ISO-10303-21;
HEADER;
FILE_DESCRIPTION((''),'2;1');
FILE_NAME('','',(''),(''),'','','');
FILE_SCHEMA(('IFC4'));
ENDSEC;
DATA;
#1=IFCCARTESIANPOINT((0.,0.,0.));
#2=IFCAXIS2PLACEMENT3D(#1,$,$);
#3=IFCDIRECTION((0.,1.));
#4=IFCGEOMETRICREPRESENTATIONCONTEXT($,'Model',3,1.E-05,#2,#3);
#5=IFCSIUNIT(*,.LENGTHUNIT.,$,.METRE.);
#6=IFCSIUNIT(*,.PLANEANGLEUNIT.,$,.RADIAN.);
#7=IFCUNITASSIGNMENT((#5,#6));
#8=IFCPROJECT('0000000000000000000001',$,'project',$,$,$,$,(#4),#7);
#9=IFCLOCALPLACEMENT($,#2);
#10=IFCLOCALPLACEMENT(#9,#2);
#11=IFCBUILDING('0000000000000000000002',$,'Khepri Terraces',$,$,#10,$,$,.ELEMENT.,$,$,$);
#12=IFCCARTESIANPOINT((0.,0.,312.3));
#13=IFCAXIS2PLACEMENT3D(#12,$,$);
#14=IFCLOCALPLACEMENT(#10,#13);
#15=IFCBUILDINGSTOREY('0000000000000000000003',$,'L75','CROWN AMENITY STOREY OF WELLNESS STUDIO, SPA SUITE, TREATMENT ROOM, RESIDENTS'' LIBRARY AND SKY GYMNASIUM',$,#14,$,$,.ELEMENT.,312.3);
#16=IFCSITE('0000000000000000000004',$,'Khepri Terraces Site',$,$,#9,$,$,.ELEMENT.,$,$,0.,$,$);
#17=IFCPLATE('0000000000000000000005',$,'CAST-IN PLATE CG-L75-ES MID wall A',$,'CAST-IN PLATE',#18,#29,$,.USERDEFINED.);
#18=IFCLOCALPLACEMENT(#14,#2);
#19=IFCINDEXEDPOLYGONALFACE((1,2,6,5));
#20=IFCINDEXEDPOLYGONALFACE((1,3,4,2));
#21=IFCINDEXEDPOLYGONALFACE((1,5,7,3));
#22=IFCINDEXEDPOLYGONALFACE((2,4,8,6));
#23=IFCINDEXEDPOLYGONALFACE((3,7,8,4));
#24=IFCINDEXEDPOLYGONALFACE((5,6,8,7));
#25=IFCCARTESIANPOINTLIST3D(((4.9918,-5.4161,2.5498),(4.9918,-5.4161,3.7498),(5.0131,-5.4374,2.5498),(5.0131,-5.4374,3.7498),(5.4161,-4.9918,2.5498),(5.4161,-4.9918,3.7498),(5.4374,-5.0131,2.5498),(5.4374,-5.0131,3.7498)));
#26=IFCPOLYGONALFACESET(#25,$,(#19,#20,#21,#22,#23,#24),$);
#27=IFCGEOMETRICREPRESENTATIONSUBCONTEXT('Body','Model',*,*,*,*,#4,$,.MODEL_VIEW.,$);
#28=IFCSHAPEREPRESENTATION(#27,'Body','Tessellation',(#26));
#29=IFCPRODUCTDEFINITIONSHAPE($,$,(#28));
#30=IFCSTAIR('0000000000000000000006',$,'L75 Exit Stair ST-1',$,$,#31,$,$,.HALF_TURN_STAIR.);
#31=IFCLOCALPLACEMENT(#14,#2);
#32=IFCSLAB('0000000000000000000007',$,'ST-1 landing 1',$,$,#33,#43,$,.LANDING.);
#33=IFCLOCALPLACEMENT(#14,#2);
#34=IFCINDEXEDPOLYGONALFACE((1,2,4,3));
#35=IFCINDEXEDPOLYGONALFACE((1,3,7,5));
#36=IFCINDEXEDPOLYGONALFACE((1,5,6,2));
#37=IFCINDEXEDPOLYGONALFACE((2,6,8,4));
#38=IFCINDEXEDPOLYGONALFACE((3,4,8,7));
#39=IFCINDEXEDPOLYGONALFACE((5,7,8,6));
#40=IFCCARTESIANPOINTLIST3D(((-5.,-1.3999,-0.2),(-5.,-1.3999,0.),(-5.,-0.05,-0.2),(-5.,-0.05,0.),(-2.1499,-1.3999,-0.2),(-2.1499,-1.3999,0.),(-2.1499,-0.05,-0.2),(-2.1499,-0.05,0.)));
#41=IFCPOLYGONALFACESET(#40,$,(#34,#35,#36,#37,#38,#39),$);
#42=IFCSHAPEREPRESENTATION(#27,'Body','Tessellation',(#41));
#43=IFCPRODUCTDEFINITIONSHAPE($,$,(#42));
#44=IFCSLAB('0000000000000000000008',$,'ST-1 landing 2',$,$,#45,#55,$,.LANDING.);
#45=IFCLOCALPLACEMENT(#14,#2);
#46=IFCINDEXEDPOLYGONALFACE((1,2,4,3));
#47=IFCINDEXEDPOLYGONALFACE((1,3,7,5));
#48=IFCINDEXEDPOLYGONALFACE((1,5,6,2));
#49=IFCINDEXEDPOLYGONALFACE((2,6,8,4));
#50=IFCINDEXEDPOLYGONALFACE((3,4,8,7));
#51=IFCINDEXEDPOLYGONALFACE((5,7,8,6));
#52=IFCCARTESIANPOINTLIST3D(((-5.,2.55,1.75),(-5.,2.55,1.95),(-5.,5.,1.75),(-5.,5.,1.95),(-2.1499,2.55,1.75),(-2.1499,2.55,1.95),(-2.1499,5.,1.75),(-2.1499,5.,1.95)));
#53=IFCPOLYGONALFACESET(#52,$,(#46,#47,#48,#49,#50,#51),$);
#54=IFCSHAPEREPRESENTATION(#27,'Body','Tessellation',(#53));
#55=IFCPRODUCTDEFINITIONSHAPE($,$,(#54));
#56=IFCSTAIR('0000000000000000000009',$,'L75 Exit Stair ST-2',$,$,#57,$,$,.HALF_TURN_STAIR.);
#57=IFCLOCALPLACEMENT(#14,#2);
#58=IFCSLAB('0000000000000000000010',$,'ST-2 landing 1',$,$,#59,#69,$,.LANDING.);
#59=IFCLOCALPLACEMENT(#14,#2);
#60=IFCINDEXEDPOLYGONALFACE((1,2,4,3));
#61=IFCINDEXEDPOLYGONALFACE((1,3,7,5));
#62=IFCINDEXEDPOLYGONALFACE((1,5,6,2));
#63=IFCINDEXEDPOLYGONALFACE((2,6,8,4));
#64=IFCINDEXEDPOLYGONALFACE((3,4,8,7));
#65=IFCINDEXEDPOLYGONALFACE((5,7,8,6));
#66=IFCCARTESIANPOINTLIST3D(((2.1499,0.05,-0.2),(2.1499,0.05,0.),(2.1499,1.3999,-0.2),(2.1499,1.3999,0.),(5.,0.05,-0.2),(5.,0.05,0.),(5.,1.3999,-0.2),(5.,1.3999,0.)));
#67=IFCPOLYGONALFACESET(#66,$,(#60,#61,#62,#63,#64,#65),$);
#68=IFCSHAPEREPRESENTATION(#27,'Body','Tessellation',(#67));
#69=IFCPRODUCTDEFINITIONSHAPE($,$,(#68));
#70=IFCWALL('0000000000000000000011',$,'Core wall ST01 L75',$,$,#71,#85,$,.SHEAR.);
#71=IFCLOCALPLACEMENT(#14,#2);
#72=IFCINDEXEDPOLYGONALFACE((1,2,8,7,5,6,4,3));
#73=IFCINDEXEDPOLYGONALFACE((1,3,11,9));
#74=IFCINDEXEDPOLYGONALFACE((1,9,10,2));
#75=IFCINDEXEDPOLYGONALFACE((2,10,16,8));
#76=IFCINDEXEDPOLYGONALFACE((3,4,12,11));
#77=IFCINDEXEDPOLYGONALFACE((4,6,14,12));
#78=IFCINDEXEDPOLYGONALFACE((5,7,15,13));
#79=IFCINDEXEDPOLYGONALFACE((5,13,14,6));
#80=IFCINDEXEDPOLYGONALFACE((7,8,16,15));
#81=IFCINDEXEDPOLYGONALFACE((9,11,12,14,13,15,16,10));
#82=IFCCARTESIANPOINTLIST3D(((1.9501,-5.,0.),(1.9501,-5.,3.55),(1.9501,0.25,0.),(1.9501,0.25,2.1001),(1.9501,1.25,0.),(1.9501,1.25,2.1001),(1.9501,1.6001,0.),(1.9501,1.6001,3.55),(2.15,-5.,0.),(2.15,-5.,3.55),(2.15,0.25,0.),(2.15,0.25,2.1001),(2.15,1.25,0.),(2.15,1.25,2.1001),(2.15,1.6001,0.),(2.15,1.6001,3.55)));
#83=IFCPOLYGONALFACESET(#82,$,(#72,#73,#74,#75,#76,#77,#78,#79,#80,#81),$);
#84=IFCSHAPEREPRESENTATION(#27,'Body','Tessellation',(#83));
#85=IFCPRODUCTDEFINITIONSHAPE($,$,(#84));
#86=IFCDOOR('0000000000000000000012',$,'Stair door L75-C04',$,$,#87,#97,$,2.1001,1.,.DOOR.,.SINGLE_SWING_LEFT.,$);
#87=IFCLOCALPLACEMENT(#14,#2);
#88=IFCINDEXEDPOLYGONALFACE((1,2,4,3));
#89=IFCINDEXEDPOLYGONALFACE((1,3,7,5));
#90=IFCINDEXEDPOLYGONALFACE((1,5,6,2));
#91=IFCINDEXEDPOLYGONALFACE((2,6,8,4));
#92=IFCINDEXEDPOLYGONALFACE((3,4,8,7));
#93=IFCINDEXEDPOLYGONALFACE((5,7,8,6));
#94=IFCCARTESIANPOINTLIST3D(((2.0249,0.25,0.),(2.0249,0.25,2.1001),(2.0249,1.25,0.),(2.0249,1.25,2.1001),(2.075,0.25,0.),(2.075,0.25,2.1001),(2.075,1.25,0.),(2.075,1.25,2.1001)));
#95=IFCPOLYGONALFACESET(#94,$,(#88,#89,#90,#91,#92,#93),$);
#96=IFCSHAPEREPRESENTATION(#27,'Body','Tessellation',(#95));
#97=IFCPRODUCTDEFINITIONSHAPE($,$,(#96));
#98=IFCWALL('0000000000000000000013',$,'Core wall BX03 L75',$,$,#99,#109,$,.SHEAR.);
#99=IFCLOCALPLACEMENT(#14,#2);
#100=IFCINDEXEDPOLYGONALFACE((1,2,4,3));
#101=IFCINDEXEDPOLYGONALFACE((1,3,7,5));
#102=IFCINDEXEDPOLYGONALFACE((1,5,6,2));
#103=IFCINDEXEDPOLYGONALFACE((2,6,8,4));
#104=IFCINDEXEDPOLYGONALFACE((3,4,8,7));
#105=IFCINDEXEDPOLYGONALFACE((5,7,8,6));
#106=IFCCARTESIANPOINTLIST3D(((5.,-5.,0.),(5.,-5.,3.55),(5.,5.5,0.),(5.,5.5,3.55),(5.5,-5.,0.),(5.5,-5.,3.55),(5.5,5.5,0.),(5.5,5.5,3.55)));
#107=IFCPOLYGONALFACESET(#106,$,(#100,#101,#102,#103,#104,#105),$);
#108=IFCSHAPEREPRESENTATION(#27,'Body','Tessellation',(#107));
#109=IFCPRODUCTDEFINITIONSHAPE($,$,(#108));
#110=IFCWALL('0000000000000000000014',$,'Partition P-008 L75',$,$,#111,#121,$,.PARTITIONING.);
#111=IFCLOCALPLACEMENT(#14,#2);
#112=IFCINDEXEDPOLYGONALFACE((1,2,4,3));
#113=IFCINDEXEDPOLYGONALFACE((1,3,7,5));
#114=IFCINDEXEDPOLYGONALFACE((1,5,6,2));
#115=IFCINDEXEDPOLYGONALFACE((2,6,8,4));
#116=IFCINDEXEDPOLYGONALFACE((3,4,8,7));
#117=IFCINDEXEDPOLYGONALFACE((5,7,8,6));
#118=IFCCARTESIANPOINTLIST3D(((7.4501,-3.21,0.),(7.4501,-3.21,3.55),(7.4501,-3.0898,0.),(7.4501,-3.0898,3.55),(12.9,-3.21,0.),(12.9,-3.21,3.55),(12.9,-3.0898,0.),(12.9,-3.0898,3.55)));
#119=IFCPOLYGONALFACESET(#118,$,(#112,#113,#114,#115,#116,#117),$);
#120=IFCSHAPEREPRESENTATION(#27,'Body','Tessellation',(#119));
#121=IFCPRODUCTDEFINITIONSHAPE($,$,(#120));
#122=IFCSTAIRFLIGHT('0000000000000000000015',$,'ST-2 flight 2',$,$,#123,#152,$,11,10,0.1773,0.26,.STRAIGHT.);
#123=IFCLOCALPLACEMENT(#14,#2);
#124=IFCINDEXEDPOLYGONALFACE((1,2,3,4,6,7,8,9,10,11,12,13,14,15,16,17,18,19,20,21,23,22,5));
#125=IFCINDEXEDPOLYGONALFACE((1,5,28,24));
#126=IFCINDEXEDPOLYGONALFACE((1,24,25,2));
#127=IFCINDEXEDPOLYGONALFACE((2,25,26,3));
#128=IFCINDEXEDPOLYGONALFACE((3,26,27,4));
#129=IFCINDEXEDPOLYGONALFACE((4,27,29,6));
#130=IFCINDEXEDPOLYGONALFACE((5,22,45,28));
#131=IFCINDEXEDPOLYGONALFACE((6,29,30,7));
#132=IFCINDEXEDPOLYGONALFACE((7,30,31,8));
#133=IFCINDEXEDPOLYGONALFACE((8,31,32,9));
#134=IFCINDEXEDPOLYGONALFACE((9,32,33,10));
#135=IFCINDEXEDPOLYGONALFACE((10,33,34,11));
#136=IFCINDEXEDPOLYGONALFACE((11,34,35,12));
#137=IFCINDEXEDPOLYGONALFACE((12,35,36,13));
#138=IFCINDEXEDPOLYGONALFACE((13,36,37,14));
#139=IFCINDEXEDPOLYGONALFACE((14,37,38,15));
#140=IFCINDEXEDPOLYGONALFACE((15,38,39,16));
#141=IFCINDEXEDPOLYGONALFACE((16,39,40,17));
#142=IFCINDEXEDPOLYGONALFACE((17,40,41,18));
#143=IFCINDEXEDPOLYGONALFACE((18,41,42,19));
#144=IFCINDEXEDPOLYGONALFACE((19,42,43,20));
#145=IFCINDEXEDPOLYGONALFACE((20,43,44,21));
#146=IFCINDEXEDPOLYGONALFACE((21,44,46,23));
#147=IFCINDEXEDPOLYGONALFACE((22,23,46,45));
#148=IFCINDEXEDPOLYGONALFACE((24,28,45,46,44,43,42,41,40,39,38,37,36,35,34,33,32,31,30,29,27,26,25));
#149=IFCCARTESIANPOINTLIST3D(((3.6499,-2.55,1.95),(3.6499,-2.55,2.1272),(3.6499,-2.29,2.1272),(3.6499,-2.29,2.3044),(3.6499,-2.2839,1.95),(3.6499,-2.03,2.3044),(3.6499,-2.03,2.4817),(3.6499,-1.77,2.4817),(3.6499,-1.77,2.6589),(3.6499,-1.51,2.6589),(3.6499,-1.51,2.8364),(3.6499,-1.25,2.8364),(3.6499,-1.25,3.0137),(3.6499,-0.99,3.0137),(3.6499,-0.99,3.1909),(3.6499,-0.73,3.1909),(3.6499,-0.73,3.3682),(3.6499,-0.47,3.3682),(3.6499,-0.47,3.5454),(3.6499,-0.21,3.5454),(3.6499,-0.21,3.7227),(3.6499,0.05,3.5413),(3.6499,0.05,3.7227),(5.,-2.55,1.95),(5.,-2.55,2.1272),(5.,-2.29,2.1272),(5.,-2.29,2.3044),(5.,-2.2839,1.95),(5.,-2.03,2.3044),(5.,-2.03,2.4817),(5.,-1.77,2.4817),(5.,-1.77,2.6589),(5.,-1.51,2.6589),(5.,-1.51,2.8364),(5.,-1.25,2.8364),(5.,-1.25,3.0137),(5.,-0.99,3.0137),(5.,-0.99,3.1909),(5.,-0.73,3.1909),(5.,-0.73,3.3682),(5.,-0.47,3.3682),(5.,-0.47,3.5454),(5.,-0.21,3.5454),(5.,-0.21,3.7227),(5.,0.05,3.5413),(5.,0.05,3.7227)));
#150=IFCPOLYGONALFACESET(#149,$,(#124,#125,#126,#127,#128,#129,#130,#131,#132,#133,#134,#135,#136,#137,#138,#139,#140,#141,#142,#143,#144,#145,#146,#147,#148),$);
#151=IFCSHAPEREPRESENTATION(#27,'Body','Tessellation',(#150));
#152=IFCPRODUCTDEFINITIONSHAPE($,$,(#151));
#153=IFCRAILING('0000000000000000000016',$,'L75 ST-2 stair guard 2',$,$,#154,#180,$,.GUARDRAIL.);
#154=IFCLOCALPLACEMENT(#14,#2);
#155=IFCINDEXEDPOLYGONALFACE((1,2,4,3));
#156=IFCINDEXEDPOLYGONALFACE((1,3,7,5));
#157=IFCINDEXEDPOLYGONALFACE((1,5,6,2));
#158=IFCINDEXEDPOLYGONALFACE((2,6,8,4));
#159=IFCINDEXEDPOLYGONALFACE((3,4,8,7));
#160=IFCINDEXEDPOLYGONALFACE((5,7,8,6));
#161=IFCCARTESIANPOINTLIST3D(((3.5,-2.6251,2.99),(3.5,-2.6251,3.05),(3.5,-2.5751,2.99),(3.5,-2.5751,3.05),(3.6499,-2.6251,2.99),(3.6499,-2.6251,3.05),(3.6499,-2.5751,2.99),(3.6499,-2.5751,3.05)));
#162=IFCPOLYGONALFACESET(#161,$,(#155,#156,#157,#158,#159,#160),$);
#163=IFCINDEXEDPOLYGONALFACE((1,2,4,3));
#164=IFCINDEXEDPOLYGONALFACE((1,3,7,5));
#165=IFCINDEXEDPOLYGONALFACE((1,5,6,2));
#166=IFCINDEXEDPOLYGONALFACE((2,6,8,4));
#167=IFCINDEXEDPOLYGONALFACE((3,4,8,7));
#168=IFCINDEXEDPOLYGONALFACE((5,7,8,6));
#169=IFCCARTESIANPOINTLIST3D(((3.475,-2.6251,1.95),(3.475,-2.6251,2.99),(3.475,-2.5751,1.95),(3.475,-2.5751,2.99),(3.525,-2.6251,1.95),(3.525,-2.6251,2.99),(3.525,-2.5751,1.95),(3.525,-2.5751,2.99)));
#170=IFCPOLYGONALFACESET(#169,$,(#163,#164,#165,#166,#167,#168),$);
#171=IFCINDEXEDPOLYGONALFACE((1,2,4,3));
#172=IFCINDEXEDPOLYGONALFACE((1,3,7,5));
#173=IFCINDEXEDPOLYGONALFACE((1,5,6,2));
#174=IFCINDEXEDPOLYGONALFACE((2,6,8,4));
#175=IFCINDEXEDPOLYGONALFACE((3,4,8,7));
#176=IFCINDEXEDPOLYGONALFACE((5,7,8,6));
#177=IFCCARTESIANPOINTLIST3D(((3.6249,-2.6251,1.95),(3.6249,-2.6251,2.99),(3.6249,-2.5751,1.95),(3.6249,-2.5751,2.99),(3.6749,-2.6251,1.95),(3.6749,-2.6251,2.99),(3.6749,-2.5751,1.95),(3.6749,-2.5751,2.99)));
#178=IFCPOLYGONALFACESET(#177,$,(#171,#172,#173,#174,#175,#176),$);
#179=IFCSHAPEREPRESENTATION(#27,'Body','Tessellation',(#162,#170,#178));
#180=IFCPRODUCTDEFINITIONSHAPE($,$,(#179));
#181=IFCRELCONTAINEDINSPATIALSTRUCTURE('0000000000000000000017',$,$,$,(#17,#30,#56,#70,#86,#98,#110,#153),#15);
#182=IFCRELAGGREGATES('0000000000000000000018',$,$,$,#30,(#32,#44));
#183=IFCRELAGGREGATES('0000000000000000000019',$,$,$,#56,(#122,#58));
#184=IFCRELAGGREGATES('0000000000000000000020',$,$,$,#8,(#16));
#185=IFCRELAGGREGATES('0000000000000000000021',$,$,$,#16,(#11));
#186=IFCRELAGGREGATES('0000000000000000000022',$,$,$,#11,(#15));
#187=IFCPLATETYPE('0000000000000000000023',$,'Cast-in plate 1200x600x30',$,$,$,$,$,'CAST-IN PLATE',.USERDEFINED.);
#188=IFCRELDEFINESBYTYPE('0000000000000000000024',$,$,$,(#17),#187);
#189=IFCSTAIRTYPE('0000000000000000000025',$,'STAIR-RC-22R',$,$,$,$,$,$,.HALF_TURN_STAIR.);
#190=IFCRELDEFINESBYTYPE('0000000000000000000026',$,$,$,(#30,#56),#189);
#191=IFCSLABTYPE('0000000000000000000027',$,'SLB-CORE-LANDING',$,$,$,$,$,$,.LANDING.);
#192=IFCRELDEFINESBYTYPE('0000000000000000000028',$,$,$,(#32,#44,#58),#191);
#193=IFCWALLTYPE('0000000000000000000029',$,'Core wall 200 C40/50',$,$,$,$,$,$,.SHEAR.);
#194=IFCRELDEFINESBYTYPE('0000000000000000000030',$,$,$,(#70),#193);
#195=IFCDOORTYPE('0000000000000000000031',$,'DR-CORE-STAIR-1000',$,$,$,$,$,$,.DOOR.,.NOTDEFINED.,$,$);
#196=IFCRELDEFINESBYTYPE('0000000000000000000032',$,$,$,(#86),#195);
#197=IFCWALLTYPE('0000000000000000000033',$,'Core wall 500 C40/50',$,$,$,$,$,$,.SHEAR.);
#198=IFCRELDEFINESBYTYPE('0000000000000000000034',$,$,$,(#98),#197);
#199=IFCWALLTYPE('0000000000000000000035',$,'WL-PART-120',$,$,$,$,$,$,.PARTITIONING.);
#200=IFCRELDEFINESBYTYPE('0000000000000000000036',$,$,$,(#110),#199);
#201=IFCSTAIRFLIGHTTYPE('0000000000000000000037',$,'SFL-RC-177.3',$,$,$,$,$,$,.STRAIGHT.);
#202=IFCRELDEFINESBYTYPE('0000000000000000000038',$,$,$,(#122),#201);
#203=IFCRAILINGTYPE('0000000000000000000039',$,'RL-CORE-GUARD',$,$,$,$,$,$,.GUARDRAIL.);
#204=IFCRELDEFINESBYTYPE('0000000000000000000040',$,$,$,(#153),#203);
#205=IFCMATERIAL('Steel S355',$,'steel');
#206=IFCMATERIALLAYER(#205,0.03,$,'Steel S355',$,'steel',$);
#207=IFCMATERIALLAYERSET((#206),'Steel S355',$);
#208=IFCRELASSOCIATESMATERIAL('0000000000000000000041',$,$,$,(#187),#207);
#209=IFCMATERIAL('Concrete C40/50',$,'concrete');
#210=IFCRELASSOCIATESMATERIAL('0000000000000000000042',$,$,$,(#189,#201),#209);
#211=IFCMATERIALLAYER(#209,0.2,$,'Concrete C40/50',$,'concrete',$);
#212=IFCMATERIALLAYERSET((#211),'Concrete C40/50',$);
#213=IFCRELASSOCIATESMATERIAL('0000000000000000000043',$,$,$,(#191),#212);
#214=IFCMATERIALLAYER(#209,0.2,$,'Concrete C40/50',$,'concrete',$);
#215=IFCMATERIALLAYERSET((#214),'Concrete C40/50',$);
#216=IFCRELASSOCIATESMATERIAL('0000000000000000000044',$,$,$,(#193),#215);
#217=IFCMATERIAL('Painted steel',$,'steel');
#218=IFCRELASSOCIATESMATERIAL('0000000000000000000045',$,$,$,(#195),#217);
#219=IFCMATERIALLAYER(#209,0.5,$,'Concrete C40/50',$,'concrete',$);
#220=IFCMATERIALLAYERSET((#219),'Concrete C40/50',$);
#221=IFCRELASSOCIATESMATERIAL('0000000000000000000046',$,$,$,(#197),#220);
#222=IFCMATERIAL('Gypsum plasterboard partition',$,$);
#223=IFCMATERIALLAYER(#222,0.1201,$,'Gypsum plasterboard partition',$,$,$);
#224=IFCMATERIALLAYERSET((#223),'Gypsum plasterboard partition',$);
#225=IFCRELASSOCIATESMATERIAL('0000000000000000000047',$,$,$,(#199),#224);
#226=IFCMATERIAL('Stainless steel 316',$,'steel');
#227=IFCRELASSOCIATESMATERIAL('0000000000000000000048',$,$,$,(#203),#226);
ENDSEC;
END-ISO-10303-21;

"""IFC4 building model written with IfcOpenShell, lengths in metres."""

from ifc_helpers import new_model, si_unit, direction, frame, frame_2d, origin, origin_2d, place, context, subcontext, project, spatial, polyline, rectangle, outline, extrude, material, layer, layer_set, type_object, element, fill, aggregate, save


model = new_model("IFC4")

# Units and contexts
model_context = context("Model", 3, precision=1e-05, world=origin(), true_north=direction((0.0, 1.0)))
body_context = subcontext(model_context, "Body", "Model", "MODEL_VIEW")
ifc_project = project(units=[si_unit("LENGTHUNIT", "METRE"), si_unit("PLANEANGLEUNIT", "RADIAN")], contexts=[model_context])

# Site, building, storey
site_placement = place(None, origin())
site = spatial("IfcSite", under=ifc_project, at=site_placement, Name="Khepri Terraces Site", CompositionType="ELEMENT", RefElevation=0.0)
building_placement = place(site_placement, origin())
building = spatial("IfcBuilding", under=site, at=building_placement, Name="Khepri Terraces", CompositionType="ELEMENT")
storey_placement = place(building_placement, frame((0.0, 0.0, 312.3)))
storey = spatial("IfcBuildingStorey", under=building, at=storey_placement, Name="L75", Description="CROWN AMENITY STOREY OF WELLNESS STUDIO, SPA SUITE, TREATMENT ROOM, RESIDENTS' LIBRARY AND SKY GYMNASIUM", CompositionType="ELEMENT", Elevation=312.3)

# Plate
ifc_material_1 = material(Name="Steel S355", Category="steel")
ifc_layer_1 = layer(ifc_material_1, 0.03, Name="Steel S355", Category="steel")
ifc_layer_set_1 = layer_set([ifc_layer_1], Name="Steel S355")
plate_type = type_object("IfcPlateType", Name="Cast-in plate 1200x600x30", ElementType="CAST-IN PLATE", PredefinedType="USERDEFINED", material=ifc_layer_set_1)
plate_placement = place(storey_placement, frame((5.2146, -5.2146, 2.5498), z_axis=(0.0, 0.0, 1.0), x_axis=(0.707107, -0.707107, 0.0)))
element("IfcPlate", 1, at=plate_placement, inside=storey, type_object=plate_type, Name="CAST-IN PLATE CG-L75-ES MID wall A", ObjectType="CAST-IN PLATE", PredefinedType="USERDEFINED", context=body_context, shape_type="SweptSolid", body=[
    extrude(rectangle(XDim=0.03, YDim=0.6001, at=origin_2d()), origin(), (0.0, 0.0, 1.0), 1.2),
])

# Stair, slabs
ifc_material_2 = material(Name="Concrete C40/50", Category="concrete")
stair_type = type_object("IfcStairType", Name="STAIR-RC-22R", PredefinedType="HALF_TURN_STAIR", material=ifc_material_2)
stair_1_placement = place(storey_placement, origin())
stair_1 = element("IfcStair", 2, at=stair_1_placement, inside=storey, type_object=stair_type, Name="L75 Exit Stair ST-1", PredefinedType="HALF_TURN_STAIR")
ifc_layer_2 = layer(ifc_material_2, 0.2, Name="Concrete C40/50", Category="concrete")
ifc_layer_set_2 = layer_set([ifc_layer_2], Name="Concrete C40/50")
slab_type = type_object("IfcSlabType", Name="SLB-CORE-LANDING", PredefinedType="LANDING", material=ifc_layer_set_2)
slab_1_placement = place(storey_placement, frame((0.0, 0.0, -0.2)))
slab_1 = element("IfcSlab", 3, at=slab_1_placement, type_object=slab_type, Name="ST-1 landing 1", PredefinedType="LANDING", context=body_context, shape_type="SweptSolid", body=[
    extrude(outline(polyline([(-2.1499, -1.3999), (-2.1499, -0.05), (-5.0, -0.05), (-5.0, -1.3999), (-2.1499, -1.3999)])), origin(), (0.0, 0.0, 1.0), 0.2),
])
slab_2_placement = place(storey_placement, frame((0.0, 0.0, 1.75)))
slab_2 = element("IfcSlab", 4, at=slab_2_placement, type_object=slab_type, Name="ST-1 landing 2", PredefinedType="LANDING", context=body_context, shape_type="SweptSolid", body=[
    extrude(outline(polyline([(-2.1499, 2.55), (-2.1499, 5.0), (-5.0, 5.0), (-5.0, 2.55), (-2.1499, 2.55)])), origin(), (0.0, 0.0, 1.0), 0.2),
])
aggregate(stair_1, [slab_1, slab_2])

# Stair, slab
stair_2_placement = place(storey_placement, origin())
stair_2 = element("IfcStair", 5, at=stair_2_placement, inside=storey, type_object=stair_type, Name="L75 Exit Stair ST-2", PredefinedType="HALF_TURN_STAIR")
slab_3_placement = place(storey_placement, frame((0.0, 0.0, -0.2)))
slab_3 = element("IfcSlab", 6, at=slab_3_placement, type_object=slab_type, Name="ST-2 landing 1", PredefinedType="LANDING", context=body_context, shape_type="SweptSolid", body=[
    extrude(outline(polyline([(2.1499, 1.3999), (2.1499, 0.05), (5.0, 0.05), (5.0, 1.3999), (2.1499, 1.3999)])), origin(), (0.0, 0.0, 1.0), 0.2),
])

# Wall, opening, door
ifc_layer_3 = layer(ifc_material_2, 0.2, Name="Concrete C40/50", Category="concrete")
ifc_layer_set_3 = layer_set([ifc_layer_3], Name="Concrete C40/50")
wall_type_1 = type_object("IfcWallType", Name="Core wall 200 C40/50", PredefinedType="SHEAR", material=ifc_layer_set_3)
wall_1_placement = place(storey_placement, frame((2.05, -5.0, 0.0), z_axis=(0.0, 0.0, 1.0), x_axis=(0.0, 1.0, 0.0)))
wall_1 = element("IfcWall", 7, at=wall_1_placement, inside=storey, type_object=wall_type_1, Name="Core wall ST01 L75", PredefinedType="SHEAR", context=body_context, shape_type="SweptSolid", body=[
    extrude(rectangle(XDim=6.6001, YDim=0.2, at=frame_2d((3.3, 0.0))), origin(), (0.0, 0.0, 1.0), 3.55),
])
opening_placement = place(wall_1_placement, frame((5.25, 0.0, 0.0)))
opening = element("IfcOpeningElement", 8, at=opening_placement, cuts=wall_1, PredefinedType="OPENING", context=body_context, shape_type="SweptSolid", body=[
    extrude(rectangle(XDim=1.0, YDim=2.1001, at=frame_2d((0.5, 1.05))), frame((0.0, 0.1099, 0.0), z_axis=(0.0, -1.0, 0.0), x_axis=(1.0, 0.0, 0.0)), (0.0, 0.0, 1.0), 0.22),
])
ifc_material_3 = material(Name="Painted steel", Category="steel")
door_type = type_object("IfcDoorType", Name="DR-CORE-STAIR-1000", OperationType="NOTDEFINED", PredefinedType="DOOR", material=ifc_material_3)
door_placement = place(opening_placement, frame((1.0, 0.0, 0.0), z_axis=(0.0, 0.0, 1.0), x_axis=(-1.0, 0.0, 0.0)))
door = element("IfcDoor", 9, at=door_placement, inside=storey, type_object=door_type, Name="Stair door L75-C04", OperationType="SINGLE_SWING_LEFT", OverallHeight=2.1001, OverallWidth=1.0, PredefinedType="DOOR", context=body_context, shape_type="SweptSolid", body=[
    extrude(rectangle(XDim=1.0, YDim=2.1001, at=frame_2d((0.5, 1.05))), frame((0.0, 0.0249, 0.0), z_axis=(0.0, -1.0, 0.0), x_axis=(1.0, 0.0, 0.0)), (0.0, 0.0, 1.0), 0.05),
])
fill(opening, door)

# Walls
ifc_layer_4 = layer(ifc_material_2, 0.5, Name="Concrete C40/50", Category="concrete")
ifc_layer_set_4 = layer_set([ifc_layer_4], Name="Concrete C40/50")
wall_type_2 = type_object("IfcWallType", Name="Core wall 500 C40/50", PredefinedType="SHEAR", material=ifc_layer_set_4)
wall_2_placement = place(storey_placement, frame((5.25, -5.0, 0.0), z_axis=(0.0, 0.0, 1.0), x_axis=(0.0, 1.0, 0.0)))
element("IfcWall", 10, at=wall_2_placement, inside=storey, type_object=wall_type_2, Name="Core wall BX03 L75", PredefinedType="SHEAR", context=body_context, shape_type="SweptSolid", body=[
    extrude(rectangle(XDim=10.5, YDim=0.5, at=frame_2d((5.25, 0.0))), origin(), (0.0, 0.0, 1.0), 3.55),
])
ifc_material_4 = material(Name="Gypsum plasterboard partition")
ifc_layer_5 = layer(ifc_material_4, 0.1201, Name="Gypsum plasterboard partition")
ifc_layer_set_5 = layer_set([ifc_layer_5], Name="Gypsum plasterboard partition")
wall_type_3 = type_object("IfcWallType", Name="WL-PART-120", PredefinedType="PARTITIONING", material=ifc_layer_set_5)
wall_3_placement = place(storey_placement, frame((7.45, -3.1499, 0.0), z_axis=(0.0, 0.0, 1.0), x_axis=(1.0, 0.0, 0.0)))
element("IfcWall", 11, at=wall_3_placement, inside=storey, type_object=wall_type_3, Name="Partition P-008 L75", PredefinedType="PARTITIONING", context=body_context, shape_type="SweptSolid", body=[
    extrude(rectangle(XDim=5.45, YDim=0.1201, at=frame_2d((2.7251, 0.0))), origin(), (0.0, 0.0, 1.0), 3.55),
])

# Stair flight
stair_flight_type = type_object("IfcStairFlightType", Name="SFL-RC-177.3", PredefinedType="STRAIGHT", material=ifc_material_2)
stair_flight_placement = place(storey_placement, frame((4.325, -2.55, 1.95), z_axis=(0.0, 0.0, 1.0), x_axis=(0.0, 1.0, 0.0)))
stair_flight = element("IfcStairFlight", 12, at=stair_flight_placement, type_object=stair_flight_type, Name="ST-2 flight 2", NumberOfRisers=11, NumberOfTreads=10, PredefinedType="STRAIGHT", RiserHeight=0.1773, TreadLength=0.26, context=body_context, shape_type="SweptSolid", body=[
    extrude(outline(polyline([(0.0, 0.0), (0.0, 0.1772), (0.26, 0.1772), (0.26, 0.3545), (0.52, 0.3545), (0.52, 0.5317), (0.78, 0.5317), (0.78, 0.709), (1.04, 0.709), (1.04, 0.8865), (1.3, 0.8865), (1.3, 1.0637), (1.5601, 1.0637), (1.5601, 1.241), (1.8201, 1.241), (1.8201, 1.4182), (2.0801, 1.4182), (2.0801, 1.5955), (2.3401, 1.5955), (2.3401, 1.7727), (2.6001, 1.7727), (2.6001, 1.95), (2.6001, 1.5913), (0.2661, 0.0), (0.0, 0.0)])), frame((0.0, 0.675, 0.0), z_axis=(0.0, -1.0, 0.0), x_axis=(1.0, 0.0, 0.0)), (0.0, 0.0, 1.0), 1.3501),
])
aggregate(stair_2, [stair_flight, slab_3])

# Railing
ifc_material_5 = material(Name="Stainless steel 316", Category="steel")
railing_type_1 = type_object("IfcRailingType", Name="RL-CORE-GUARD", PredefinedType="GUARDRAIL", material=ifc_material_5)
railing_1_placement = place(storey_placement, frame((3.5, -2.6001, 1.95)))
element("IfcRailing", 13, at=railing_1_placement, inside=storey, type_object=railing_type_1, Name="L75 ST-2 stair guard 2", PredefinedType="GUARDRAIL", context=body_context, shape_type="SweptSolid", body=[
    extrude(rectangle(XDim=0.05, YDim=0.0601, at=origin_2d()), frame((0.0, 0.0, 1.0701), z_axis=(1.0, 0.0, 0.0), x_axis=(0.0, 1.0, 0.0)), (0.0, 0.0, 1.0), 0.1499),
    extrude(rectangle(XDim=0.05, YDim=0.05, at=origin_2d()), origin(), (0.0, 0.0, 1.0), 1.04),
    extrude(rectangle(XDim=0.05, YDim=0.05, at=origin_2d()), frame((0.1499, 0.0, 0.0)), (0.0, 0.0, 1.0), 1.04),
])

save(model, "model.ifc")
